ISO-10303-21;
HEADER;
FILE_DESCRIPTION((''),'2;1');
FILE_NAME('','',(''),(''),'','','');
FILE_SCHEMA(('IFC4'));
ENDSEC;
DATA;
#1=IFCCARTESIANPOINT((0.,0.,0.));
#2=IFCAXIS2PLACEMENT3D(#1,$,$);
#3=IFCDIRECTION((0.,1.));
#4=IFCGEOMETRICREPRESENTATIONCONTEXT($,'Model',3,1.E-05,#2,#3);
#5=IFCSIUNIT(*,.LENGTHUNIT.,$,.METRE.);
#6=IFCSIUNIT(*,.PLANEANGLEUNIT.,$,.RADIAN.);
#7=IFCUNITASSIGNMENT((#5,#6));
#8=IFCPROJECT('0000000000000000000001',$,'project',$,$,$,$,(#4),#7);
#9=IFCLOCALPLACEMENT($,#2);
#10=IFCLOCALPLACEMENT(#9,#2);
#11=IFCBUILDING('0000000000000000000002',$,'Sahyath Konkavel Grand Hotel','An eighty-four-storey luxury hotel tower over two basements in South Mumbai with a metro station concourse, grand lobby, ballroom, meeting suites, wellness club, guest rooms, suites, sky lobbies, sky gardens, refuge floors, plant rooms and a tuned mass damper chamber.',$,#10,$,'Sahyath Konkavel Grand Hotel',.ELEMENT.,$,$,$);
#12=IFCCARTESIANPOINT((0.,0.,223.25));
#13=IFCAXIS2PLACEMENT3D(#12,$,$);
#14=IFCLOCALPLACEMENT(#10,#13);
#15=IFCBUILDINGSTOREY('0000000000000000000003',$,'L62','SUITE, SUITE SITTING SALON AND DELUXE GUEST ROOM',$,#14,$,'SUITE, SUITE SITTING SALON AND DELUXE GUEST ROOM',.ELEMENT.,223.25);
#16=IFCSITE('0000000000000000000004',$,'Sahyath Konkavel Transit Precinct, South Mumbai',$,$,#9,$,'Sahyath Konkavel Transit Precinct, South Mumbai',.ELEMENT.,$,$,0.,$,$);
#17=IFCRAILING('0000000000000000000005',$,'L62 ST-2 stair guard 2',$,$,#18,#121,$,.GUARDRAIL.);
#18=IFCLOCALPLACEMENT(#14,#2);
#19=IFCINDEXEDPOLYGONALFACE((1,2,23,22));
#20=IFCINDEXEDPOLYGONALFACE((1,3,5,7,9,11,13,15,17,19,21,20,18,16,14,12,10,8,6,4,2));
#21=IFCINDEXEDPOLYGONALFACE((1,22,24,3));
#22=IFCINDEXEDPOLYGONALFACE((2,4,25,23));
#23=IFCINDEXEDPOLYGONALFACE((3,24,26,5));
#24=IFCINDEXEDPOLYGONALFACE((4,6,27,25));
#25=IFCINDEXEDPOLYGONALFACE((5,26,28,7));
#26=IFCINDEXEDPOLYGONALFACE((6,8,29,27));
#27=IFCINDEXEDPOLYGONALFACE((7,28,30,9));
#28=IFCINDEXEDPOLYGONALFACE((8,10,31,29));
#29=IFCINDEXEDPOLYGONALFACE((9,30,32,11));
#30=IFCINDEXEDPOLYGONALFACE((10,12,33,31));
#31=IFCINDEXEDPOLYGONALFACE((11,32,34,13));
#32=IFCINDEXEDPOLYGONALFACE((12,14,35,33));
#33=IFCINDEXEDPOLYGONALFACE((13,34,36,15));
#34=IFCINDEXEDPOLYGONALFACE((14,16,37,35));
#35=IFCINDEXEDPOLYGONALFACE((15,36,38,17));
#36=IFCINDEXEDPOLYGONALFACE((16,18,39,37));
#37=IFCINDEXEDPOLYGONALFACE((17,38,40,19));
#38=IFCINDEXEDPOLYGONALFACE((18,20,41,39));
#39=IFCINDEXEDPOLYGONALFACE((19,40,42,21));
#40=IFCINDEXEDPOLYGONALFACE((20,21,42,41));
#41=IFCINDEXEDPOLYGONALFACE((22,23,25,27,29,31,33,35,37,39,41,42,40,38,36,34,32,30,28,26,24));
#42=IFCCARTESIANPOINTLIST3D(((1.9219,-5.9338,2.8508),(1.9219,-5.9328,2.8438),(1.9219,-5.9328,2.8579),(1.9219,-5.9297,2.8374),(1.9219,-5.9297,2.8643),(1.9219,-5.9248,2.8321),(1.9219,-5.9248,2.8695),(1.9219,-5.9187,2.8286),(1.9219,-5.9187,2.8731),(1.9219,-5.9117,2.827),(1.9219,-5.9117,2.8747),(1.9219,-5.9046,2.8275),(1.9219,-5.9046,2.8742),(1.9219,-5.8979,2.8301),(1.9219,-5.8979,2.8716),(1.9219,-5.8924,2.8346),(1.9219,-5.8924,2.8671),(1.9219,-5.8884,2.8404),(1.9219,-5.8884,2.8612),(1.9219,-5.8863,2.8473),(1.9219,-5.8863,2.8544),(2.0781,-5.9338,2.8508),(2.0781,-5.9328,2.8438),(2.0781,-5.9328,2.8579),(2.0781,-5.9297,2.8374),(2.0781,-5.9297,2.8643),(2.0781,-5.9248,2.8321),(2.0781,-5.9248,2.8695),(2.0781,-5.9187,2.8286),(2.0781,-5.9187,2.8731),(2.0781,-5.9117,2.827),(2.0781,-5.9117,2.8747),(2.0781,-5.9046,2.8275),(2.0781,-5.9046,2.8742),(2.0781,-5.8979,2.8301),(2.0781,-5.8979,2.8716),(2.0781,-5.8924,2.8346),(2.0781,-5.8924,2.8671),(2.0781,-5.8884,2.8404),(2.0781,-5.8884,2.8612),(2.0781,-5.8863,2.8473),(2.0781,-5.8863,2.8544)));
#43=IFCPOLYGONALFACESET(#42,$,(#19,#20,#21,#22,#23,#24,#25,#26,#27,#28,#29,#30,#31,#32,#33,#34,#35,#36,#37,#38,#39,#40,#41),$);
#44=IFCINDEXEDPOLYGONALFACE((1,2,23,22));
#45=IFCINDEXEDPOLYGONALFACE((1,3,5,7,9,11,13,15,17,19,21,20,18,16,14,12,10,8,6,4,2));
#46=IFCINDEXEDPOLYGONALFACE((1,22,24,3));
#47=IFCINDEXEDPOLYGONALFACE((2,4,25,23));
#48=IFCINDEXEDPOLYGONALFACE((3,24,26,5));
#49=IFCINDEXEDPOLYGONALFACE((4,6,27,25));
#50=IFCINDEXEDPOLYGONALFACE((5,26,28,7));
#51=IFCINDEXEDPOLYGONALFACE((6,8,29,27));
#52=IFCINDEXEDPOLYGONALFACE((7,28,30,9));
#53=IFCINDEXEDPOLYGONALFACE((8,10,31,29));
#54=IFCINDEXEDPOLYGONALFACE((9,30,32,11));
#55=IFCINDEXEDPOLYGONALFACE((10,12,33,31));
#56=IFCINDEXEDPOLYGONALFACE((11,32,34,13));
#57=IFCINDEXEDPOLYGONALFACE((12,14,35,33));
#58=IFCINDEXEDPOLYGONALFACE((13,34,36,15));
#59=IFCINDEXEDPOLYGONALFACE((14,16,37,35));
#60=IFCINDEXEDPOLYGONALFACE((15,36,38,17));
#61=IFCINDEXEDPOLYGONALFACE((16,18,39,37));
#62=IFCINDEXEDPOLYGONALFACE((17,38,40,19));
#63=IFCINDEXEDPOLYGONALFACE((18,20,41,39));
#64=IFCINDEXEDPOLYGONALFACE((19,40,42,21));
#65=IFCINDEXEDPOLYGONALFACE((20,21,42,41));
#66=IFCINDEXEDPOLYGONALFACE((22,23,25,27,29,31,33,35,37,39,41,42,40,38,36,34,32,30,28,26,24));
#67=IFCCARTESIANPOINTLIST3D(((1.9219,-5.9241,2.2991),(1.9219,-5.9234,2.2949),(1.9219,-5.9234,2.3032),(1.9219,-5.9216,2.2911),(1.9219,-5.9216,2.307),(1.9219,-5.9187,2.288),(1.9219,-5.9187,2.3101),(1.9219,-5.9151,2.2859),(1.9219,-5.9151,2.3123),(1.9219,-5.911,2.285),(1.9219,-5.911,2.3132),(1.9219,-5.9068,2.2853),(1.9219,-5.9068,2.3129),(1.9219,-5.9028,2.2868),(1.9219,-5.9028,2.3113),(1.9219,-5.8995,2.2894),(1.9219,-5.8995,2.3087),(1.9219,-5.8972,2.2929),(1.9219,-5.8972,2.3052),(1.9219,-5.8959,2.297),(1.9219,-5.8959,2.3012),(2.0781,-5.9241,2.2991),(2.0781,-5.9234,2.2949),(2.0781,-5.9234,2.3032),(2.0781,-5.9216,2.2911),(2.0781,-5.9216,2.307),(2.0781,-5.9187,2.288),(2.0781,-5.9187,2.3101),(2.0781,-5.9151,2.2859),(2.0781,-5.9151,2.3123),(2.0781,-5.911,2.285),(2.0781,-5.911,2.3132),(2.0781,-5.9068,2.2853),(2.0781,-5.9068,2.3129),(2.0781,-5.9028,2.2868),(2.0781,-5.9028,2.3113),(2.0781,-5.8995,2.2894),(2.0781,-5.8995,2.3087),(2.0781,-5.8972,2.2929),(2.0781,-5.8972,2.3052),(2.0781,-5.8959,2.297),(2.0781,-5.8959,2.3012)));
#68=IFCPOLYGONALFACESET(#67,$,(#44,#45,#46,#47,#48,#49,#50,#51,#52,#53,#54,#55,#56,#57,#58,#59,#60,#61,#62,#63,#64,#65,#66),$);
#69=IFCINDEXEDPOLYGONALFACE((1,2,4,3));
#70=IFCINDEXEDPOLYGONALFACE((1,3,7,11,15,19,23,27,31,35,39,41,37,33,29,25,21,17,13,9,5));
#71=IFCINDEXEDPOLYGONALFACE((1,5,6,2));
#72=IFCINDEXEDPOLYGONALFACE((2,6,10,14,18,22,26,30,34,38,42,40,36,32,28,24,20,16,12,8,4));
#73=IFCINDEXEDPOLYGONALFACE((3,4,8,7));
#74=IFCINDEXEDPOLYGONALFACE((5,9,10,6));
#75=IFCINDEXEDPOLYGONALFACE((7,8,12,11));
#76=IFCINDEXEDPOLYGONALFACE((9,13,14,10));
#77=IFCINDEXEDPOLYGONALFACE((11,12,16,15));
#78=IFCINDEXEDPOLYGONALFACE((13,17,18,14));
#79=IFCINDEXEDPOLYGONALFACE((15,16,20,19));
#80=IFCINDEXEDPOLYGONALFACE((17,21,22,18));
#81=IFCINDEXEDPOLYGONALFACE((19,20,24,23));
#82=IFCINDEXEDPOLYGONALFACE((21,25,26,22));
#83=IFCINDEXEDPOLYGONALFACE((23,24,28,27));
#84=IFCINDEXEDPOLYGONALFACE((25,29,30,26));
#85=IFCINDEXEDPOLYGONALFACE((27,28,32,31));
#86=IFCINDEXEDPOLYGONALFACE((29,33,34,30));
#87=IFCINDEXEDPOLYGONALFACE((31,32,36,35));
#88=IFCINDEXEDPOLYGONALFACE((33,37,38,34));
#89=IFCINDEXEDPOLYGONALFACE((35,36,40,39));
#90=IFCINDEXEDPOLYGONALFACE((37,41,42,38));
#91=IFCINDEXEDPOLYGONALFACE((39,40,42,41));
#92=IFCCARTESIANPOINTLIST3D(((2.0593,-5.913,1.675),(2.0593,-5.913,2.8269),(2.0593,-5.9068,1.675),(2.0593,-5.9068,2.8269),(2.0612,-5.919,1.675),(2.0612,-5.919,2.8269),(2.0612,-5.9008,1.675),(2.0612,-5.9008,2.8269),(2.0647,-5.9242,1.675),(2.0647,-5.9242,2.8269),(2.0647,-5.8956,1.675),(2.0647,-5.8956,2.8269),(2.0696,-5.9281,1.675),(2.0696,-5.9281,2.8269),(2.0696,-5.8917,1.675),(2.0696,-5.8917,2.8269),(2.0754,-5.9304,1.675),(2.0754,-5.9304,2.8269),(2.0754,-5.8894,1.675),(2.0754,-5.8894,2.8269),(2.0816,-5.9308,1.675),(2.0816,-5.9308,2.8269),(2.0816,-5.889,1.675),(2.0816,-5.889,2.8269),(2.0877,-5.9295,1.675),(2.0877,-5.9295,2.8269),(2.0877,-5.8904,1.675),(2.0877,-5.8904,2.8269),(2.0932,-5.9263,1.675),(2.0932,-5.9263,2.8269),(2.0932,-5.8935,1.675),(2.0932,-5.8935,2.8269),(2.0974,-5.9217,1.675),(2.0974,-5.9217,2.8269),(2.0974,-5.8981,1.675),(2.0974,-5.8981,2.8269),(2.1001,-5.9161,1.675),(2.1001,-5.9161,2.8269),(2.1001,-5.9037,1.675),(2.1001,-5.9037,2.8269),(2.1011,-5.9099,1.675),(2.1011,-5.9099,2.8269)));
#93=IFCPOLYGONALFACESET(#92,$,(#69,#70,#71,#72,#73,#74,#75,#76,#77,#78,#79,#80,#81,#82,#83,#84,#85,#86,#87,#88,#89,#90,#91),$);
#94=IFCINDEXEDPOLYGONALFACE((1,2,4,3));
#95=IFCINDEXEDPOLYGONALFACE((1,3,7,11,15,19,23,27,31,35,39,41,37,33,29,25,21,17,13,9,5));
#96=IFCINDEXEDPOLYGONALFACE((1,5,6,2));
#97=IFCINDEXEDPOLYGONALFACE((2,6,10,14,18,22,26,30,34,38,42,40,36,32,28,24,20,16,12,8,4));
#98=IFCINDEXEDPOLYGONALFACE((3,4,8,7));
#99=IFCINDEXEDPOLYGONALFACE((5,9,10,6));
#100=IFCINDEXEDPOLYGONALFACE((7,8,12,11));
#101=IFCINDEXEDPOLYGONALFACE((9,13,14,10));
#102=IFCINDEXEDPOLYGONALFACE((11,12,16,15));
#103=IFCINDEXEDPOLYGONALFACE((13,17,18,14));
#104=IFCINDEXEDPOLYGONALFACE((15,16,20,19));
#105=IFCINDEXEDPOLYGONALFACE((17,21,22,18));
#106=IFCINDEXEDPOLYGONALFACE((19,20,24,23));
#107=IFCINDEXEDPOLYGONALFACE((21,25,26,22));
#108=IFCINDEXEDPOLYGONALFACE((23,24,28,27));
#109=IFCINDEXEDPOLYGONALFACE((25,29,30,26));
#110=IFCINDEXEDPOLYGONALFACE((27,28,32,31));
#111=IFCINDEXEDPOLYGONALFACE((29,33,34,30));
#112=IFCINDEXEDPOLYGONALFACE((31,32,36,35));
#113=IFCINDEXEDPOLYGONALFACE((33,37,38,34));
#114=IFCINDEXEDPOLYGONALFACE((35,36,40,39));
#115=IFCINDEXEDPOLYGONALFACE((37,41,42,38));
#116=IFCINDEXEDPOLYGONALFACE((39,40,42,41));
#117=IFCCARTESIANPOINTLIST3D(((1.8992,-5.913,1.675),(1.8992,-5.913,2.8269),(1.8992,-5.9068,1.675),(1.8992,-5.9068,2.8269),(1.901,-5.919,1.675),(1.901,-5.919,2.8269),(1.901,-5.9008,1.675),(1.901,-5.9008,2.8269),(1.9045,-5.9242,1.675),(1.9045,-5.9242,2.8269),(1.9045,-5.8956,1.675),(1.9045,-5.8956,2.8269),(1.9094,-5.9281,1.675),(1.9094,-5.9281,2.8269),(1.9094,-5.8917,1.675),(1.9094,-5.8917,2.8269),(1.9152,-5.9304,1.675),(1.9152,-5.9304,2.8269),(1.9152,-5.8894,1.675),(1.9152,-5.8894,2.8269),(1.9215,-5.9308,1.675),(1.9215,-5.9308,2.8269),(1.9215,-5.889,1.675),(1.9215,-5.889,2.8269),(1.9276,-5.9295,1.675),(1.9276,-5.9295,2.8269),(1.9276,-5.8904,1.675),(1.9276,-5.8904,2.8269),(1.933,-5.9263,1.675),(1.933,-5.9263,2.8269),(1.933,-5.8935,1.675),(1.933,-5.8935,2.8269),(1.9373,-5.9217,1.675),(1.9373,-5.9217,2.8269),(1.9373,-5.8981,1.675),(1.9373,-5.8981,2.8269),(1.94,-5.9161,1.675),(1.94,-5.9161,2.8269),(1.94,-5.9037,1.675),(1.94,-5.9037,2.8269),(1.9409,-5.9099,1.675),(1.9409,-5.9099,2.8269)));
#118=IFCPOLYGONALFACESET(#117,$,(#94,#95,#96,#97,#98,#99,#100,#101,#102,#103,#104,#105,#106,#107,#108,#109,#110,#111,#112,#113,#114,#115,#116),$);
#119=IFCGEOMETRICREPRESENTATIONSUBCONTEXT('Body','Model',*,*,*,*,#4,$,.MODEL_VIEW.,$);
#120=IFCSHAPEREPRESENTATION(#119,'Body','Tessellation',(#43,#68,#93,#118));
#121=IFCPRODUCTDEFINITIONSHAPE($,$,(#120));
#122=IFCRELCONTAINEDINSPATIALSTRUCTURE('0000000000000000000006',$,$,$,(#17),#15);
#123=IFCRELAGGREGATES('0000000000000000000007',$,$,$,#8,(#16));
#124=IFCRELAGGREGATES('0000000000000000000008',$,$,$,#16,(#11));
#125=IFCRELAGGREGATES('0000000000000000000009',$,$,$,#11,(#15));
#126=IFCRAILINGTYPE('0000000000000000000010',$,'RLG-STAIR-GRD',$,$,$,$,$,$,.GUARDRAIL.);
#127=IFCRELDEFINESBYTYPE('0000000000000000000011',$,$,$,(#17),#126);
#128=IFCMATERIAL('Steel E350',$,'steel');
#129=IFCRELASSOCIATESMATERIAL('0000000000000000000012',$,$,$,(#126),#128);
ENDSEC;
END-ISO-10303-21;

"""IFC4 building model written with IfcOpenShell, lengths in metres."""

from ifc_helpers import new_model, si_unit, direction, frame, origin, origin_2d, place, context, subcontext, project, spatial, circle, extrude, material, type_object, element, save


model = new_model("IFC4")

# Units and contexts
model_context = context("Model", 3, precision=1e-05, world=origin(), true_north=direction((0.0, 1.0)))
body_context = subcontext(model_context, "Body", "Model", "MODEL_VIEW")
ifc_project = project(units=[si_unit("LENGTHUNIT", "METRE"), si_unit("PLANEANGLEUNIT", "RADIAN")], contexts=[model_context])

# Site, building, storey
site_placement = place(None, origin())
site = spatial("IfcSite", under=ifc_project, at=site_placement, Name="Sahyath Konkavel Transit Precinct, South Mumbai", LongName="Sahyath Konkavel Transit Precinct, South Mumbai", CompositionType="ELEMENT", RefElevation=0.0)
building_placement = place(site_placement, origin())
building = spatial("IfcBuilding", under=site, at=building_placement, Name="Sahyath Konkavel Grand Hotel", Description="An eighty-four-storey luxury hotel tower over two basements in South Mumbai with a metro station concourse, grand lobby, ballroom, meeting suites, wellness club, guest rooms, suites, sky lobbies, sky gardens, refuge floors, plant rooms and a tuned mass damper chamber.", LongName="Sahyath Konkavel Grand Hotel", CompositionType="ELEMENT")
storey_placement = place(building_placement, frame((0.0, 0.0, 223.25)))
storey = spatial("IfcBuildingStorey", under=building, at=storey_placement, Name="L62", Description="SUITE, SUITE SITTING SALON AND DELUXE GUEST ROOM", LongName="SUITE, SUITE SITTING SALON AND DELUXE GUEST ROOM", CompositionType="ELEMENT", Elevation=223.25)

# Shared definitions
ifc_material_1 = material(Name="Steel E350", Category="steel")

# Railing
railing_type_1 = type_object("IfcRailingType", Name="RLG-STAIR-GRD", PredefinedType="GUARDRAIL", material=ifc_material_1)
railing_1_placement = place(storey_placement, frame((2.0801, -5.9099, 1.675)))
element("IfcRailing", 1, at=railing_1_placement, inside=storey, type_object=railing_type_1, Name="L62 ST-2 stair guard 2", PredefinedType="GUARDRAIL", context=body_context, shape_type="SweptSolid", body=[
    extrude(circle(Radius=0.0239, at=origin_2d()), frame((-0.002, 0.0, 1.1758), z_axis=(-1.0, 0.0, 0.0), x_axis=(0.0, -1.0, 0.0)), (0.0, 0.0, 1.0), 0.1562),
    extrude(circle(Radius=0.0142, at=origin_2d()), frame((-0.002, 0.0, 0.624), z_axis=(-1.0, 0.0, 0.0), x_axis=(0.0, -1.0, 0.0)), (0.0, 0.0, 1.0), 0.1562),
    extrude(circle(Radius=0.021, at=origin_2d()), origin(), (0.0, 0.0, 1.0), 1.1519),
    extrude(circle(Radius=0.021, at=origin_2d()), frame((-0.1602, 0.0, 0.0)), (0.0, 0.0, 1.0), 1.1519),
])

save(model, "model.ifc")
